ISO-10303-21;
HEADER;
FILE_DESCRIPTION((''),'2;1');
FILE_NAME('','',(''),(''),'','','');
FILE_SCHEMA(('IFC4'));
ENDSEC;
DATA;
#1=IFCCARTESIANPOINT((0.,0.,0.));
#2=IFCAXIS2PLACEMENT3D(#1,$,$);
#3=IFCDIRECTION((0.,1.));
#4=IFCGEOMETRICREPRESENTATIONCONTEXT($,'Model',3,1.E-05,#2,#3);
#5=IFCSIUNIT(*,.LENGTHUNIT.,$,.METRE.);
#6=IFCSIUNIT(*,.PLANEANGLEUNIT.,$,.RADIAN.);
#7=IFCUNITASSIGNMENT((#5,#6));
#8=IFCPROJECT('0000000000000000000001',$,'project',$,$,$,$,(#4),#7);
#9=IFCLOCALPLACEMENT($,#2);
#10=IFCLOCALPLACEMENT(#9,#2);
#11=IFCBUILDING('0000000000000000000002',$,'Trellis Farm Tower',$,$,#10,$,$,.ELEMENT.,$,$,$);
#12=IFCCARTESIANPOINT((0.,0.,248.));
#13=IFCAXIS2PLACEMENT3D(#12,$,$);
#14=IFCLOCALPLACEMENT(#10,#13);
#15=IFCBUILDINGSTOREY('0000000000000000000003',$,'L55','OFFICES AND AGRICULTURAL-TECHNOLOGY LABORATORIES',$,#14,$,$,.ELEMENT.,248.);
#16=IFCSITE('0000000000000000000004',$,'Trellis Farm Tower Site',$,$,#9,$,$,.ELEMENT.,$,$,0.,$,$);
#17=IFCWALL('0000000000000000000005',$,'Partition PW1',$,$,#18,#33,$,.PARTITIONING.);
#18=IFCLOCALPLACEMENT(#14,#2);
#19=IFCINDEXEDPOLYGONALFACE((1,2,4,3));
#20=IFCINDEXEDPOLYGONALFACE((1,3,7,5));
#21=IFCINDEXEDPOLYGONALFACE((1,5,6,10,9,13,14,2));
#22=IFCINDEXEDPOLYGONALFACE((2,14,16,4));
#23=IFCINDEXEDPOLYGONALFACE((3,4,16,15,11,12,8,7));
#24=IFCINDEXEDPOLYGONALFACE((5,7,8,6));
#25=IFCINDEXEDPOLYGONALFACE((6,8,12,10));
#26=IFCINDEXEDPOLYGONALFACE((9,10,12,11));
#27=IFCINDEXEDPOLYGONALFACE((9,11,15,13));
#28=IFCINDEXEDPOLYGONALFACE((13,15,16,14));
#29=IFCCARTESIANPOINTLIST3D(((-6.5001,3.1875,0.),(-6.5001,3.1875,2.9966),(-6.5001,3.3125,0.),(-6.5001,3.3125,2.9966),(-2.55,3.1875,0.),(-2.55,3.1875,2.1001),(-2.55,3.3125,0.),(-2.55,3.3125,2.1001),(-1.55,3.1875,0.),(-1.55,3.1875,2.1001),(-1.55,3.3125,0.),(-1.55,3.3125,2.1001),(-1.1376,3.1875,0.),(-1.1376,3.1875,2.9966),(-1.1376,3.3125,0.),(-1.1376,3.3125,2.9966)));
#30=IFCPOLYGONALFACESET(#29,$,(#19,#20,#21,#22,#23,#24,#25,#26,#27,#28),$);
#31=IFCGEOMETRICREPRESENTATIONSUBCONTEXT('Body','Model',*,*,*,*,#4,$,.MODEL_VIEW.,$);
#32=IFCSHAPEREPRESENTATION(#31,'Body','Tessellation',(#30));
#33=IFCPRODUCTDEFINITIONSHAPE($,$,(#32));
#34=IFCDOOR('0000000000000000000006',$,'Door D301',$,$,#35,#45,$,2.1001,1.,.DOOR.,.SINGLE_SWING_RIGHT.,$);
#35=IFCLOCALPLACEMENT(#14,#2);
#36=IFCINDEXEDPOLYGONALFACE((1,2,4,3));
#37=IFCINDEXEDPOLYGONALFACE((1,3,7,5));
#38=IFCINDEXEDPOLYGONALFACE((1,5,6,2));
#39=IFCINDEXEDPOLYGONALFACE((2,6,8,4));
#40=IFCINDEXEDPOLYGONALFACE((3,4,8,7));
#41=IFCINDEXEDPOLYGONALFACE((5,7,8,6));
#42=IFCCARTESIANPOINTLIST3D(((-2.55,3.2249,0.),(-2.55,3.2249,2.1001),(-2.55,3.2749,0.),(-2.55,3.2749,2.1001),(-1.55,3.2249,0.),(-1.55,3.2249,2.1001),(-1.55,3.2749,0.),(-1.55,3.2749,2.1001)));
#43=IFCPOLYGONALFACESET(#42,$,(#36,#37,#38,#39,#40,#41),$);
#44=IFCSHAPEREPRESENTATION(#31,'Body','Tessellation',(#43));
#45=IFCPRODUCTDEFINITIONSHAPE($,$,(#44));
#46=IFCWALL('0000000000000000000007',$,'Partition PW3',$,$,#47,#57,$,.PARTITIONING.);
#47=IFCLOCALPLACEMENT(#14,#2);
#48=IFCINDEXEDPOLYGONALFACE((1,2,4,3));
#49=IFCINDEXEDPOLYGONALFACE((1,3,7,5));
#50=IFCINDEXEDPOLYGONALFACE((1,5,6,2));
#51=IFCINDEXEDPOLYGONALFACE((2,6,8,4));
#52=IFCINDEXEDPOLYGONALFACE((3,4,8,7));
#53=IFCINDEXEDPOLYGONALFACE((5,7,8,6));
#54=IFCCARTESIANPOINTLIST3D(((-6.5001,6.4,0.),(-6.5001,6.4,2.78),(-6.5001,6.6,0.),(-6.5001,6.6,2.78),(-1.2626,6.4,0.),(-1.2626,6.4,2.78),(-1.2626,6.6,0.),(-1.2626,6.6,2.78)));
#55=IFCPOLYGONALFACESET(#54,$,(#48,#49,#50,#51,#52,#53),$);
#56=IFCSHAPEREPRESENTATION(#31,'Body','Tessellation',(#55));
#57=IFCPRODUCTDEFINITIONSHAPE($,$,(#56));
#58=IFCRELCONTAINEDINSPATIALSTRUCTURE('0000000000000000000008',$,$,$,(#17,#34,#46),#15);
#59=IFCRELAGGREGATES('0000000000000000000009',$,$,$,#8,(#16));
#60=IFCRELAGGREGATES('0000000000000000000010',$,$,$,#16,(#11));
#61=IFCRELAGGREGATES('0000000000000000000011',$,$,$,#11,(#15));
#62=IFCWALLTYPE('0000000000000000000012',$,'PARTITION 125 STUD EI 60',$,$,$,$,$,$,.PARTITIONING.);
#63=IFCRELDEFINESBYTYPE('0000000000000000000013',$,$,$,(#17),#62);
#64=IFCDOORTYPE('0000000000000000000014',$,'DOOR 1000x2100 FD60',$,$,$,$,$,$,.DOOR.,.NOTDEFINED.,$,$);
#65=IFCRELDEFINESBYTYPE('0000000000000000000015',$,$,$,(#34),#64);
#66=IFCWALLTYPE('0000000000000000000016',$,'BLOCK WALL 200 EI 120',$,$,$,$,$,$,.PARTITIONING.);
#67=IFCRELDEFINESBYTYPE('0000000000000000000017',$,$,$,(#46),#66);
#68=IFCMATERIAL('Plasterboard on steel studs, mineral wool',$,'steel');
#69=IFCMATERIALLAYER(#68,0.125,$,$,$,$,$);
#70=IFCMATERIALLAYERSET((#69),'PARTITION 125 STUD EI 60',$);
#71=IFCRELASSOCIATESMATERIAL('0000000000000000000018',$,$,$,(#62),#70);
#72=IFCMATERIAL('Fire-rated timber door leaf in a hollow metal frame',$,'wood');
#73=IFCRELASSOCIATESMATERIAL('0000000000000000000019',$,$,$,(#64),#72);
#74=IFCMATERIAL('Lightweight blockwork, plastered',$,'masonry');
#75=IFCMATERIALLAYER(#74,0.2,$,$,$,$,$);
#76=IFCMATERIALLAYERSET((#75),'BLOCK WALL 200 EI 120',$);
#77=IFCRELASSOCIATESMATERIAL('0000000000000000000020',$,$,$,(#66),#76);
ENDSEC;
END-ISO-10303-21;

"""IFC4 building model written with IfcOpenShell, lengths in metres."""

from ifc_helpers import new_model, si_unit, direction, frame, frame_2d, origin, place, context, subcontext, project, spatial, rectangle, extrude, source, transform, mapped, material, layer, layer_set, type_object, element, fill, save


model = new_model("IFC4")

# Units and contexts
model_context = context("Model", 3, precision=1e-05, world=origin(), true_north=direction((0.0, 1.0)))
body_context = subcontext(model_context, "Body", "Model", "MODEL_VIEW")
ifc_project = project(units=[si_unit("LENGTHUNIT", "METRE"), si_unit("PLANEANGLEUNIT", "RADIAN")], contexts=[model_context])

# Site, building, storey
site_placement = place(None, origin())
site = spatial("IfcSite", under=ifc_project, at=site_placement, Name="Trellis Farm Tower Site", CompositionType="ELEMENT", RefElevation=0.0)
building_placement = place(site_placement, origin())
building = spatial("IfcBuilding", under=site, at=building_placement, Name="Trellis Farm Tower", CompositionType="ELEMENT")
storey_placement = place(building_placement, frame((0.0, 0.0, 248.0)))
storey = spatial("IfcBuildingStorey", under=building, at=storey_placement, Name="L55", Description="OFFICES AND AGRICULTURAL-TECHNOLOGY LABORATORIES", CompositionType="ELEMENT", Elevation=248.0)

# Shared definitions
shared_shape_1 = source(origin(), body_context, "Body", "SweptSolid", [
    extrude(rectangle(XDim=1.0, YDim=2.1001, at=frame_2d((0.5, 1.05))), frame((0.0, 0.0249, 0.0), z_axis=(0.0, -1.0, 0.0), x_axis=(1.0, 0.0, 0.0)), (0.0, 0.0, 1.0), 0.05),
])

# Wall, opening, door
ifc_material_1 = material(Name="Plasterboard on steel studs, mineral wool", Category="steel")
ifc_layer_1 = layer(ifc_material_1, 0.125)
ifc_layer_set_1 = layer_set([ifc_layer_1], Name="PARTITION 125 STUD EI 60")
wall_type_1 = type_object("IfcWallType", Name="PARTITION 125 STUD EI 60", PredefinedType="PARTITIONING", material=ifc_layer_set_1)
shared_shape_2 = source(origin(), body_context, "Body", "SweptSolid", [
    extrude(rectangle(XDim=5.3625, YDim=0.125, at=frame_2d((2.6812, 0.0))), origin(), (0.0, 0.0, 1.0), 2.9966),
])
wall_1_placement = place(storey_placement, frame((-6.5, 3.25, 0.0), z_axis=(0.0, 0.0, 1.0), x_axis=(1.0, 0.0, 0.0)))
wall_1 = element("IfcWall", 1, at=wall_1_placement, inside=storey, type_object=wall_type_1, Name="Partition PW1", PredefinedType="PARTITIONING", context=body_context, shape_type="MappedRepresentation", body=[
    mapped(shared_shape_2, transform((0.0, 0.0, 0.0))),
])
shared_shape_3 = source(origin(), body_context, "Body", "SweptSolid", [
    extrude(rectangle(XDim=1.0, YDim=2.1001, at=frame_2d((0.5, 1.05))), frame((0.0, 0.0725, 0.0), z_axis=(0.0, -1.0, 0.0), x_axis=(1.0, 0.0, 0.0)), (0.0, 0.0, 1.0), 0.145),
])
opening_1_placement = place(wall_1_placement, frame((3.95, 0.0, 0.0)))
opening_1 = element("IfcOpeningElement", 2, at=opening_1_placement, cuts=wall_1, PredefinedType="OPENING", context=body_context, shape_type="MappedRepresentation", body=[
    mapped(shared_shape_3, transform((0.0, 0.0, 0.0))),
])
ifc_material_2 = material(Name="Fire-rated timber door leaf in a hollow metal frame", Category="wood")
door_type_1 = type_object("IfcDoorType", Name="DOOR 1000x2100 FD60", OperationType="NOTDEFINED", PredefinedType="DOOR", material=ifc_material_2)
door_1_placement = place(opening_1_placement, origin())
door_1 = element("IfcDoor", 3, at=door_1_placement, inside=storey, type_object=door_type_1, Name="Door D301", OperationType="SINGLE_SWING_RIGHT", OverallHeight=2.1001, OverallWidth=1.0, PredefinedType="DOOR", context=body_context, shape_type="MappedRepresentation", body=[
    mapped(shared_shape_1, transform((0.0, 0.0, 0.0))),
])
fill(opening_1, door_1)

# Wall
ifc_material_3 = material(Name="Lightweight blockwork, plastered", Category="masonry")
ifc_layer_2 = layer(ifc_material_3, 0.2)
ifc_layer_set_2 = layer_set([ifc_layer_2], Name="BLOCK WALL 200 EI 120")
wall_type_2 = type_object("IfcWallType", Name="BLOCK WALL 200 EI 120", PredefinedType="PARTITIONING", material=ifc_layer_set_2)
shared_shape_4 = source(origin(), body_context, "Body", "SweptSolid", [
    extrude(rectangle(XDim=5.2375, YDim=0.2, at=frame_2d((2.6187, 0.0))), origin(), (0.0, 0.0, 1.0), 2.78),
])
wall_2_placement = place(storey_placement, frame((-6.5, 6.5, 0.0), z_axis=(0.0, 0.0, 1.0), x_axis=(1.0, 0.0, 0.0)))
element("IfcWall", 4, at=wall_2_placement, inside=storey, type_object=wall_type_2, Name="Partition PW3", PredefinedType="PARTITIONING", context=body_context, shape_type="MappedRepresentation", body=[
    mapped(shared_shape_4, transform((0.0, 0.0, 0.0))),
])

save(model, "model.ifc")
